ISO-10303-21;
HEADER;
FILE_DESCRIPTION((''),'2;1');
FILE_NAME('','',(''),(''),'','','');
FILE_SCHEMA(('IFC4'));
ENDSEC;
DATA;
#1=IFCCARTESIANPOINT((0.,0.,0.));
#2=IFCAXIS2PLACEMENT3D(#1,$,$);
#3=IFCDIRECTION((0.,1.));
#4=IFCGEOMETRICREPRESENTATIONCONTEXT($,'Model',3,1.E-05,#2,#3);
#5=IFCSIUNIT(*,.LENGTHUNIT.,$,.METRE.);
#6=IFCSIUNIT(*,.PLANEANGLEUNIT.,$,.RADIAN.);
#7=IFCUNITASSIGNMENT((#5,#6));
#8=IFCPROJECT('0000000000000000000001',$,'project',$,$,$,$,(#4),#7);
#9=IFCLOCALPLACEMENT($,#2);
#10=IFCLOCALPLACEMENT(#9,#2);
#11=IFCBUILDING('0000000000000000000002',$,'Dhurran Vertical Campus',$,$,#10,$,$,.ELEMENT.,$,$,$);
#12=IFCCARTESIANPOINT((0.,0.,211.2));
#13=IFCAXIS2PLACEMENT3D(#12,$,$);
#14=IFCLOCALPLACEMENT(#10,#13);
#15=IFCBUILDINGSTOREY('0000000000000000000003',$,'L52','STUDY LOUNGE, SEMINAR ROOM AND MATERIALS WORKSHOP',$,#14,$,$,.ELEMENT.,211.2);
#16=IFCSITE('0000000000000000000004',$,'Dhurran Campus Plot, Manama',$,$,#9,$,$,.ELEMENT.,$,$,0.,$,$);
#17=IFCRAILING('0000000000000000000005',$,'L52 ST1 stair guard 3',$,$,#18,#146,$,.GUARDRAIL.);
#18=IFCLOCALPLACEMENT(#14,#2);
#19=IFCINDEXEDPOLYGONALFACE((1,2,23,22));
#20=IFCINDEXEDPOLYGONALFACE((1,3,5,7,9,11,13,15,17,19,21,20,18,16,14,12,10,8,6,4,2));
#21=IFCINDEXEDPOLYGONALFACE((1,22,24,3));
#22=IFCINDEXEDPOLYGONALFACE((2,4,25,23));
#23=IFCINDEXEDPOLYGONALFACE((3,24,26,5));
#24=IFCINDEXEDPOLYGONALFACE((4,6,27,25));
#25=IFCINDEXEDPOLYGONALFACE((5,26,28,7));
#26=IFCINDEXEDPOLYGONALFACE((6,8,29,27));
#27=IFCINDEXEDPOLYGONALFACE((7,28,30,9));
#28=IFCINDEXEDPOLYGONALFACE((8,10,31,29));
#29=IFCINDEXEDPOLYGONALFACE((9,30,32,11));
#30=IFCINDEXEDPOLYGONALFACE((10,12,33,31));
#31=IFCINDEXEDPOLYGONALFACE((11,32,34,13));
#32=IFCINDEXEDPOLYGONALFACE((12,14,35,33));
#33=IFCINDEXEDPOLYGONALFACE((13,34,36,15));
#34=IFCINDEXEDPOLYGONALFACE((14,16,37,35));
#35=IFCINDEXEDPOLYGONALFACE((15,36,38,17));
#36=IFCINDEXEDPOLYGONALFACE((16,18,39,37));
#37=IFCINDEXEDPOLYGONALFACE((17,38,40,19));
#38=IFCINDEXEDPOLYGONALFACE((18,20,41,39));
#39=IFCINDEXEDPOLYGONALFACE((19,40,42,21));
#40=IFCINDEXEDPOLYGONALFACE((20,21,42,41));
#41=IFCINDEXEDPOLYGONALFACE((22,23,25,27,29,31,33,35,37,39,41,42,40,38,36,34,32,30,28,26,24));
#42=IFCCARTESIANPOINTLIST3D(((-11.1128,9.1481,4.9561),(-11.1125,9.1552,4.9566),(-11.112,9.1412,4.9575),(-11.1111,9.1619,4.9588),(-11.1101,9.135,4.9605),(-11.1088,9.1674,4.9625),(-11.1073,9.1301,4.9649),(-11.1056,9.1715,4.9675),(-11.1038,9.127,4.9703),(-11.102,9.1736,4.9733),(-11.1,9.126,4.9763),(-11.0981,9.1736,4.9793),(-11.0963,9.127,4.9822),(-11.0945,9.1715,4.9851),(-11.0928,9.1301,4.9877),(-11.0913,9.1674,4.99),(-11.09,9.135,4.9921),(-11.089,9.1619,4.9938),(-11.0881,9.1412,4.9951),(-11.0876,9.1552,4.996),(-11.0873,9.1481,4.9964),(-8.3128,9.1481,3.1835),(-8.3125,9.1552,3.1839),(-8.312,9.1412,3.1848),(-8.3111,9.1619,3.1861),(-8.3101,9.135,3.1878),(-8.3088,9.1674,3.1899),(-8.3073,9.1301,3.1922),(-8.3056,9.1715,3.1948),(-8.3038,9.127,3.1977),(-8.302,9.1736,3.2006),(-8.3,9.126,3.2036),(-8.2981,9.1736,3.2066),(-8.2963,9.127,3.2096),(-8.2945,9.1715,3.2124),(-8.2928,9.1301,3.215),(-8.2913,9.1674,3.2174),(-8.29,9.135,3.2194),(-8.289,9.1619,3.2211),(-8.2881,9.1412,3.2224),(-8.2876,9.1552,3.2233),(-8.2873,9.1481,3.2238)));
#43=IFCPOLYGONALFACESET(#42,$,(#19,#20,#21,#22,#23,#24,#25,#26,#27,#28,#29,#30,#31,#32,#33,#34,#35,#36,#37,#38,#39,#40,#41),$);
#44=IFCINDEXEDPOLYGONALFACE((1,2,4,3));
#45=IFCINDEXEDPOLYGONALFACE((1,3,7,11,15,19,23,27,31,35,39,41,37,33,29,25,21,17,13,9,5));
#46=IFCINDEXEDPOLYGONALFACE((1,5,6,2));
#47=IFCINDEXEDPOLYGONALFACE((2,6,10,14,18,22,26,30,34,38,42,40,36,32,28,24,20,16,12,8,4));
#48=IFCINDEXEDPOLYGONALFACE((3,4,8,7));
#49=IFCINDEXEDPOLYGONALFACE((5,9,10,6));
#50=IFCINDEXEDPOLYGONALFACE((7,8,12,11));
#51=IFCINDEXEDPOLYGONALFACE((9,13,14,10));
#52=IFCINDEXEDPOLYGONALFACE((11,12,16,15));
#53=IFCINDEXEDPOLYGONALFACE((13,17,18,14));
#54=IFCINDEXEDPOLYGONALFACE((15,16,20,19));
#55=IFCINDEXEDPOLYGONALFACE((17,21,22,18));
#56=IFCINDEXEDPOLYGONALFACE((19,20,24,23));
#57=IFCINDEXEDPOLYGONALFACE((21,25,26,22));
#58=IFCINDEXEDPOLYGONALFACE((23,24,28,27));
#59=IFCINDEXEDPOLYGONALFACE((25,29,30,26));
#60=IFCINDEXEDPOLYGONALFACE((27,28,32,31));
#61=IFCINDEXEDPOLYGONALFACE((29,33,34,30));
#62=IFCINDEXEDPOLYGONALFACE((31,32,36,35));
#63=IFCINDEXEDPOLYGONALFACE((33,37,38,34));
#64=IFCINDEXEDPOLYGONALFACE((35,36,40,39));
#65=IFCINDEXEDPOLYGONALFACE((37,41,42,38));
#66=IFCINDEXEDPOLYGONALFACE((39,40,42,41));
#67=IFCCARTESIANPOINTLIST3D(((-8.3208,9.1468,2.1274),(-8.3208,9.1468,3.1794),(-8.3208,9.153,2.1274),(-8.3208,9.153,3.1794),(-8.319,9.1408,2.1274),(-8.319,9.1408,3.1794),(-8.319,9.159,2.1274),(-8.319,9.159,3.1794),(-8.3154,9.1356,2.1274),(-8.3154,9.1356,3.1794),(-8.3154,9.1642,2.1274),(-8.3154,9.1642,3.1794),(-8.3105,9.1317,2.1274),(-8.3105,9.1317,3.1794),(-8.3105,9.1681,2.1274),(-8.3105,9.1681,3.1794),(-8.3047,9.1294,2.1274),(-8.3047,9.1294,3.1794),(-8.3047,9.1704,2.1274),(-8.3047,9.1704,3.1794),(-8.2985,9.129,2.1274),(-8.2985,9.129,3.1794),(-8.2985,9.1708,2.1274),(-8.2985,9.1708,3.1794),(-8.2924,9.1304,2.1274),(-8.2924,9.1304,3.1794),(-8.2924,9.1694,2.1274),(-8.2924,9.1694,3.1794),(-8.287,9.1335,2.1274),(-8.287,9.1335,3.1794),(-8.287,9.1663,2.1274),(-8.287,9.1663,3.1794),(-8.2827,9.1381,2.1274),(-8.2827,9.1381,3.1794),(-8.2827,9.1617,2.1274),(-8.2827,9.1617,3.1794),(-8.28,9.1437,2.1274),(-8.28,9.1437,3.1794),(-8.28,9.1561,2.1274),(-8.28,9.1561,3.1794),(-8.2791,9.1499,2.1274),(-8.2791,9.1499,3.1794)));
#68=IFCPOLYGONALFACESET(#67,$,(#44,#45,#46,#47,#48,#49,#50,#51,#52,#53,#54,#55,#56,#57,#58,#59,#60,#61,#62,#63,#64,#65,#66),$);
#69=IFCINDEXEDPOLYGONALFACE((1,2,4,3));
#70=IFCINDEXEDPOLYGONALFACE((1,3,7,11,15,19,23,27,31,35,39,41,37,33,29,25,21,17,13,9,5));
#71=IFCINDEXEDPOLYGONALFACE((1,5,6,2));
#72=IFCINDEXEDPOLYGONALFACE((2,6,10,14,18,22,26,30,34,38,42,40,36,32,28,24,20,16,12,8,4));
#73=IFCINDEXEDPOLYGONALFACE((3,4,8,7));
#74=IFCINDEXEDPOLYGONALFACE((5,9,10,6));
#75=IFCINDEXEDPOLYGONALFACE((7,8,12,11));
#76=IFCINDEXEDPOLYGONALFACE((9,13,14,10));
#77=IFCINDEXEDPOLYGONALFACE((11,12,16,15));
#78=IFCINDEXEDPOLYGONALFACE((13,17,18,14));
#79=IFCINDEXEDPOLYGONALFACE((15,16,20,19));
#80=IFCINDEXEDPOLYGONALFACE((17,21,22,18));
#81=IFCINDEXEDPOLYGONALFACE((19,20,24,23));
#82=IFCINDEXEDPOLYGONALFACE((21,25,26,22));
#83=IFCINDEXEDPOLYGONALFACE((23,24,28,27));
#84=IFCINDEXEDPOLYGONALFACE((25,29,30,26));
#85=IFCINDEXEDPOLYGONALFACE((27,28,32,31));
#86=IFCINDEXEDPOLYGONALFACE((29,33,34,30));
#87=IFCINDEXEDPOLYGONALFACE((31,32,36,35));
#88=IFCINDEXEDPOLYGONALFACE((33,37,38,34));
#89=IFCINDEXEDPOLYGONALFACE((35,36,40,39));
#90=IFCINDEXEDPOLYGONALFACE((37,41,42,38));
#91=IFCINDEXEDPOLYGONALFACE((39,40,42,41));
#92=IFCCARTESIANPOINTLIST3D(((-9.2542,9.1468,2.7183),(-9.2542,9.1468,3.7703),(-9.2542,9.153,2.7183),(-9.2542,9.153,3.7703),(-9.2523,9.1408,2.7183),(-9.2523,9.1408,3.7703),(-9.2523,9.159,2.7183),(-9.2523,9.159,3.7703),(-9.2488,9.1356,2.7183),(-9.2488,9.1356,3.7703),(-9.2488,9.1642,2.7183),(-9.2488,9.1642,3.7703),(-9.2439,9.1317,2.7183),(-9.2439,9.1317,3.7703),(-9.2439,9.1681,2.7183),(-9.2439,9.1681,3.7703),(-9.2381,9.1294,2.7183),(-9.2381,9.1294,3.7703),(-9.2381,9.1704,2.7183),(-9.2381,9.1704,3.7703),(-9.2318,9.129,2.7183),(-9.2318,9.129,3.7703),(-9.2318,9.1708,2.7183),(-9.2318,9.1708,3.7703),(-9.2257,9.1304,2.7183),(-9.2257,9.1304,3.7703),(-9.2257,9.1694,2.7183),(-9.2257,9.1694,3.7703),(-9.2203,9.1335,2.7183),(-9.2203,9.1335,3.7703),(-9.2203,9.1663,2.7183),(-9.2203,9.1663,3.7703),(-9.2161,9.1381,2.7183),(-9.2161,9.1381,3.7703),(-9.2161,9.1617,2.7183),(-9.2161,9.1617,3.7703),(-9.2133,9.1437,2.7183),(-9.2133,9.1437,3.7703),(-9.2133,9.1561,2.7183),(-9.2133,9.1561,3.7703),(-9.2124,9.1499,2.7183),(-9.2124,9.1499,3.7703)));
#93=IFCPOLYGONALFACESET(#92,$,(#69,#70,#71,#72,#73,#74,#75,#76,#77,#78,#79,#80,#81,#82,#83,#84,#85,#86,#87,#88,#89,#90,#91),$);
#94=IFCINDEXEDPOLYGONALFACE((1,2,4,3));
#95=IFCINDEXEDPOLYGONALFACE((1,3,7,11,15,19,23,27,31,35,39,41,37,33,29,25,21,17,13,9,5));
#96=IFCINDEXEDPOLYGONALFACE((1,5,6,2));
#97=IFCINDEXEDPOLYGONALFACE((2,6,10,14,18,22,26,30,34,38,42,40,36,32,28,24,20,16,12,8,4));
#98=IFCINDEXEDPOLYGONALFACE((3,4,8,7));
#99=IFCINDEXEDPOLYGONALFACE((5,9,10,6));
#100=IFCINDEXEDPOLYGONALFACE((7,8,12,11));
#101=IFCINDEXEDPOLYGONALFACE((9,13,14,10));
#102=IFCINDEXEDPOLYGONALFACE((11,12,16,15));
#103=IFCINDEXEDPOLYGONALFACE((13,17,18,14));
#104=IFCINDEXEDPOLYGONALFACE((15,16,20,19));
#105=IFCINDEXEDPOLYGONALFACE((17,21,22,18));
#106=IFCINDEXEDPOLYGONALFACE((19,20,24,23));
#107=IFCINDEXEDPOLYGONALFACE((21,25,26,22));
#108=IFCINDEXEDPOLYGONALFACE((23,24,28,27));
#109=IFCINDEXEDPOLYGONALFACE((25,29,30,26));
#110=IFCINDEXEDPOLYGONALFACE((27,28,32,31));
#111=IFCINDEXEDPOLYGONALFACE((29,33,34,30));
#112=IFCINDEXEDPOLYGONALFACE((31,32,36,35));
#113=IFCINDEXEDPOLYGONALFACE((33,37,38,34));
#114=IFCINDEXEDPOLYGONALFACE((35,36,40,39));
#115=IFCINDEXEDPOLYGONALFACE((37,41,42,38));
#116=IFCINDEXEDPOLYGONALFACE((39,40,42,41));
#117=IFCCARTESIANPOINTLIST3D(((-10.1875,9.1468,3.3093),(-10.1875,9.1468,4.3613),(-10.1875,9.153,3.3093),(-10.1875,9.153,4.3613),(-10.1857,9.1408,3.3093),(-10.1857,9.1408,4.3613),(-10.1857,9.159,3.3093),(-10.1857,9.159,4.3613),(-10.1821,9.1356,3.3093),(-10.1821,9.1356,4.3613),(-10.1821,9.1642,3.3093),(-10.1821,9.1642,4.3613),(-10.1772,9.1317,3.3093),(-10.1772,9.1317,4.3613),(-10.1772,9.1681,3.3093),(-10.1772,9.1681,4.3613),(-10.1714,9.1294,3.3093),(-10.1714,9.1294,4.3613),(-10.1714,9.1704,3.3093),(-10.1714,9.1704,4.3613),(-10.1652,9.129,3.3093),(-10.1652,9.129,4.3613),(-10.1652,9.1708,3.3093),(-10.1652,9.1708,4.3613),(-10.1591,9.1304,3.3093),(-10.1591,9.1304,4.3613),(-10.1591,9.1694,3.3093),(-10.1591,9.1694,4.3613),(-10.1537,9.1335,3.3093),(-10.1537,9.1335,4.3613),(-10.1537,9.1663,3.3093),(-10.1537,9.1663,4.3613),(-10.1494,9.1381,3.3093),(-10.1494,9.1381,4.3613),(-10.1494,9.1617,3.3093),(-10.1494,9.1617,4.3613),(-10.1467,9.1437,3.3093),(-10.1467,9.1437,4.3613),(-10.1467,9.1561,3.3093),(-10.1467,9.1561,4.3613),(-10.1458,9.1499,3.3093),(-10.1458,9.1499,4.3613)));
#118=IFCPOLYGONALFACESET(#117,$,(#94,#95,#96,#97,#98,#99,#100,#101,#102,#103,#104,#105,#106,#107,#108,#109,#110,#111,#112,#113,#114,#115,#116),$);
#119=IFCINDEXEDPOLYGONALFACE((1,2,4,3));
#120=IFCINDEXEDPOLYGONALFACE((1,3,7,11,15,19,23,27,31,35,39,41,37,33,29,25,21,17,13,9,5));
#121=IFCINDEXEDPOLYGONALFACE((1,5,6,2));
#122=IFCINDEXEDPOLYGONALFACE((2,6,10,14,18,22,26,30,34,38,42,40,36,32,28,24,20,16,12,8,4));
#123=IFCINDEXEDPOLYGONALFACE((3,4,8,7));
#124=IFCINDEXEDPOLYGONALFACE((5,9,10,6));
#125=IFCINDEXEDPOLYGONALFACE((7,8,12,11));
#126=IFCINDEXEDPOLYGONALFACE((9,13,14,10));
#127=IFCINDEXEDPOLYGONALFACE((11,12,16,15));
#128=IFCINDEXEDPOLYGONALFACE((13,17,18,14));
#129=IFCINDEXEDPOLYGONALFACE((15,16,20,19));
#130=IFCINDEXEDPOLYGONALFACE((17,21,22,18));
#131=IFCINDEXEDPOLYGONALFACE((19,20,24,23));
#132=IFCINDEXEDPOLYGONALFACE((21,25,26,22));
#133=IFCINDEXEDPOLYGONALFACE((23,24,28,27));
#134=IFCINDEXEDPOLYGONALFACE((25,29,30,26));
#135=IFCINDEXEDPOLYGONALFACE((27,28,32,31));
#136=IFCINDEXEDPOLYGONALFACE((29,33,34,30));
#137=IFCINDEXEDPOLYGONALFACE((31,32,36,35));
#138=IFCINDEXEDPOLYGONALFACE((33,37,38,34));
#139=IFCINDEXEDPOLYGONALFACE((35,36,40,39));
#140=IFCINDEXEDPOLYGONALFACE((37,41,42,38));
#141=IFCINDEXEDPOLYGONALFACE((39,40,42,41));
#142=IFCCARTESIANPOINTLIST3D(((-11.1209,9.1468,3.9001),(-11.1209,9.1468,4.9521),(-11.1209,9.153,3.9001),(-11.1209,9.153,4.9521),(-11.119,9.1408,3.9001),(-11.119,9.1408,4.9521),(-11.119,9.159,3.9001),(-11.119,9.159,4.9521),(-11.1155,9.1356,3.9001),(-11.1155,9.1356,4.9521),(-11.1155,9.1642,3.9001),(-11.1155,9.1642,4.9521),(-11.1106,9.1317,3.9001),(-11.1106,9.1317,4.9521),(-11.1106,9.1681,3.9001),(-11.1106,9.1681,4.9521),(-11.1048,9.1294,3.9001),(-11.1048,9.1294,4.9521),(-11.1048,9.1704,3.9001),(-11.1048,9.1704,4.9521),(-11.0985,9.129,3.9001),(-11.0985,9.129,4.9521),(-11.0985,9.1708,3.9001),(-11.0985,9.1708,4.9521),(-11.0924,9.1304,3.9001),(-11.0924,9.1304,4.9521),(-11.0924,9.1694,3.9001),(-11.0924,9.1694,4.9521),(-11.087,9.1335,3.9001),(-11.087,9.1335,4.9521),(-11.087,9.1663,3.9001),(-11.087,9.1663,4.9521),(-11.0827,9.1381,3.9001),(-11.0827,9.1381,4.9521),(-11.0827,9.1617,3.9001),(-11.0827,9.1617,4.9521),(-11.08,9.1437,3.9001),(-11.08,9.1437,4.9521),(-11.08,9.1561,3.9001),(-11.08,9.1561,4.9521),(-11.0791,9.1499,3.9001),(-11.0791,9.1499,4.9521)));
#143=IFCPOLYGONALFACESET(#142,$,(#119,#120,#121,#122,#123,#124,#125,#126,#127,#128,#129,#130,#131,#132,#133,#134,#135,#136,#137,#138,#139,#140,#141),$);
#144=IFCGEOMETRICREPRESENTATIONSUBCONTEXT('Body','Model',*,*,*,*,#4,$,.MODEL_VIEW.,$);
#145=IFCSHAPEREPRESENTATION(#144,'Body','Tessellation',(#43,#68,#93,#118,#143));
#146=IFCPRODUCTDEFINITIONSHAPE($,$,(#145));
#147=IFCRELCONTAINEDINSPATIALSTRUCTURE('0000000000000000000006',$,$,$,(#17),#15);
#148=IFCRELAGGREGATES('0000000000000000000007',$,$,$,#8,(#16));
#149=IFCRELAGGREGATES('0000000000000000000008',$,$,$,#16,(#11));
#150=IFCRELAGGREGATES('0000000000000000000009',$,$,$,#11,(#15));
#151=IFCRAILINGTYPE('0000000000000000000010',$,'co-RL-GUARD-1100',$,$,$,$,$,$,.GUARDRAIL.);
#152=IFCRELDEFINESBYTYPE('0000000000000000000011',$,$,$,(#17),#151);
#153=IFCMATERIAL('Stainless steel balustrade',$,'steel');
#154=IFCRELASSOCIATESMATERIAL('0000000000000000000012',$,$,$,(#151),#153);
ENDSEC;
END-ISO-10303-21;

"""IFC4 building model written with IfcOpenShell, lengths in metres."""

from ifc_helpers import new_model, si_unit, direction, frame, origin, origin_2d, place, context, subcontext, project, spatial, circle, extrude, material, type_object, element, save


model = new_model("IFC4")

# Units and contexts
model_context = context("Model", 3, precision=1e-05, world=origin(), true_north=direction((0.0, 1.0)))
body_context = subcontext(model_context, "Body", "Model", "MODEL_VIEW")
ifc_project = project(units=[si_unit("LENGTHUNIT", "METRE"), si_unit("PLANEANGLEUNIT", "RADIAN")], contexts=[model_context])

# Site, building, storey
site_placement = place(None, origin())
site = spatial("IfcSite", under=ifc_project, at=site_placement, Name="Dhurran Campus Plot, Manama", CompositionType="ELEMENT", RefElevation=0.0)
building_placement = place(site_placement, origin())
building = spatial("IfcBuilding", under=site, at=building_placement, Name="Dhurran Vertical Campus", CompositionType="ELEMENT")
storey_placement = place(building_placement, frame((0.0, 0.0, 211.2)))
storey = spatial("IfcBuildingStorey", under=building, at=storey_placement, Name="L52", Description="STUDY LOUNGE, SEMINAR ROOM AND MATERIALS WORKSHOP", CompositionType="ELEMENT", Elevation=211.2)

# Railing
ifc_material_1 = material(Name="Stainless steel balustrade", Category="steel")
railing_type_1 = type_object("IfcRailingType", Name="co-RL-GUARD-1100", PredefinedType="GUARDRAIL", material=ifc_material_1)
railing_1_placement = place(storey_placement, frame((-8.3, 9.1499, 2.1274)))
element("IfcRailing", 1, at=railing_1_placement, inside=storey, type_object=railing_type_1, Name="L52 ST1 stair guard 3", PredefinedType="GUARDRAIL", context=body_context, shape_type="SweptSolid", body=[
    extrude(circle(Radius=0.0239, at=origin_2d()), frame((0.0, 0.0, 1.0762), z_axis=(-0.844909, 0.0, 0.53491), x_axis=(0.0, -1.0, 0.0)), (0.0, 0.0, 1.0), 3.314),
    extrude(circle(Radius=0.021, at=origin_2d()), origin(), (0.0, 0.0, 1.0), 1.052),
    extrude(circle(Radius=0.021, at=origin_2d()), frame((-0.9333, 0.0, 0.5908)), (0.0, 0.0, 1.0), 1.052),
    extrude(circle(Radius=0.021, at=origin_2d()), frame((-1.8667, 0.0, 1.1819)), (0.0, 0.0, 1.0), 1.052),
    extrude(circle(Radius=0.021, at=origin_2d()), frame((-2.8, 0.0, 1.7727)), (0.0, 0.0, 1.0), 1.052),
])

save(model, "model.ifc")
